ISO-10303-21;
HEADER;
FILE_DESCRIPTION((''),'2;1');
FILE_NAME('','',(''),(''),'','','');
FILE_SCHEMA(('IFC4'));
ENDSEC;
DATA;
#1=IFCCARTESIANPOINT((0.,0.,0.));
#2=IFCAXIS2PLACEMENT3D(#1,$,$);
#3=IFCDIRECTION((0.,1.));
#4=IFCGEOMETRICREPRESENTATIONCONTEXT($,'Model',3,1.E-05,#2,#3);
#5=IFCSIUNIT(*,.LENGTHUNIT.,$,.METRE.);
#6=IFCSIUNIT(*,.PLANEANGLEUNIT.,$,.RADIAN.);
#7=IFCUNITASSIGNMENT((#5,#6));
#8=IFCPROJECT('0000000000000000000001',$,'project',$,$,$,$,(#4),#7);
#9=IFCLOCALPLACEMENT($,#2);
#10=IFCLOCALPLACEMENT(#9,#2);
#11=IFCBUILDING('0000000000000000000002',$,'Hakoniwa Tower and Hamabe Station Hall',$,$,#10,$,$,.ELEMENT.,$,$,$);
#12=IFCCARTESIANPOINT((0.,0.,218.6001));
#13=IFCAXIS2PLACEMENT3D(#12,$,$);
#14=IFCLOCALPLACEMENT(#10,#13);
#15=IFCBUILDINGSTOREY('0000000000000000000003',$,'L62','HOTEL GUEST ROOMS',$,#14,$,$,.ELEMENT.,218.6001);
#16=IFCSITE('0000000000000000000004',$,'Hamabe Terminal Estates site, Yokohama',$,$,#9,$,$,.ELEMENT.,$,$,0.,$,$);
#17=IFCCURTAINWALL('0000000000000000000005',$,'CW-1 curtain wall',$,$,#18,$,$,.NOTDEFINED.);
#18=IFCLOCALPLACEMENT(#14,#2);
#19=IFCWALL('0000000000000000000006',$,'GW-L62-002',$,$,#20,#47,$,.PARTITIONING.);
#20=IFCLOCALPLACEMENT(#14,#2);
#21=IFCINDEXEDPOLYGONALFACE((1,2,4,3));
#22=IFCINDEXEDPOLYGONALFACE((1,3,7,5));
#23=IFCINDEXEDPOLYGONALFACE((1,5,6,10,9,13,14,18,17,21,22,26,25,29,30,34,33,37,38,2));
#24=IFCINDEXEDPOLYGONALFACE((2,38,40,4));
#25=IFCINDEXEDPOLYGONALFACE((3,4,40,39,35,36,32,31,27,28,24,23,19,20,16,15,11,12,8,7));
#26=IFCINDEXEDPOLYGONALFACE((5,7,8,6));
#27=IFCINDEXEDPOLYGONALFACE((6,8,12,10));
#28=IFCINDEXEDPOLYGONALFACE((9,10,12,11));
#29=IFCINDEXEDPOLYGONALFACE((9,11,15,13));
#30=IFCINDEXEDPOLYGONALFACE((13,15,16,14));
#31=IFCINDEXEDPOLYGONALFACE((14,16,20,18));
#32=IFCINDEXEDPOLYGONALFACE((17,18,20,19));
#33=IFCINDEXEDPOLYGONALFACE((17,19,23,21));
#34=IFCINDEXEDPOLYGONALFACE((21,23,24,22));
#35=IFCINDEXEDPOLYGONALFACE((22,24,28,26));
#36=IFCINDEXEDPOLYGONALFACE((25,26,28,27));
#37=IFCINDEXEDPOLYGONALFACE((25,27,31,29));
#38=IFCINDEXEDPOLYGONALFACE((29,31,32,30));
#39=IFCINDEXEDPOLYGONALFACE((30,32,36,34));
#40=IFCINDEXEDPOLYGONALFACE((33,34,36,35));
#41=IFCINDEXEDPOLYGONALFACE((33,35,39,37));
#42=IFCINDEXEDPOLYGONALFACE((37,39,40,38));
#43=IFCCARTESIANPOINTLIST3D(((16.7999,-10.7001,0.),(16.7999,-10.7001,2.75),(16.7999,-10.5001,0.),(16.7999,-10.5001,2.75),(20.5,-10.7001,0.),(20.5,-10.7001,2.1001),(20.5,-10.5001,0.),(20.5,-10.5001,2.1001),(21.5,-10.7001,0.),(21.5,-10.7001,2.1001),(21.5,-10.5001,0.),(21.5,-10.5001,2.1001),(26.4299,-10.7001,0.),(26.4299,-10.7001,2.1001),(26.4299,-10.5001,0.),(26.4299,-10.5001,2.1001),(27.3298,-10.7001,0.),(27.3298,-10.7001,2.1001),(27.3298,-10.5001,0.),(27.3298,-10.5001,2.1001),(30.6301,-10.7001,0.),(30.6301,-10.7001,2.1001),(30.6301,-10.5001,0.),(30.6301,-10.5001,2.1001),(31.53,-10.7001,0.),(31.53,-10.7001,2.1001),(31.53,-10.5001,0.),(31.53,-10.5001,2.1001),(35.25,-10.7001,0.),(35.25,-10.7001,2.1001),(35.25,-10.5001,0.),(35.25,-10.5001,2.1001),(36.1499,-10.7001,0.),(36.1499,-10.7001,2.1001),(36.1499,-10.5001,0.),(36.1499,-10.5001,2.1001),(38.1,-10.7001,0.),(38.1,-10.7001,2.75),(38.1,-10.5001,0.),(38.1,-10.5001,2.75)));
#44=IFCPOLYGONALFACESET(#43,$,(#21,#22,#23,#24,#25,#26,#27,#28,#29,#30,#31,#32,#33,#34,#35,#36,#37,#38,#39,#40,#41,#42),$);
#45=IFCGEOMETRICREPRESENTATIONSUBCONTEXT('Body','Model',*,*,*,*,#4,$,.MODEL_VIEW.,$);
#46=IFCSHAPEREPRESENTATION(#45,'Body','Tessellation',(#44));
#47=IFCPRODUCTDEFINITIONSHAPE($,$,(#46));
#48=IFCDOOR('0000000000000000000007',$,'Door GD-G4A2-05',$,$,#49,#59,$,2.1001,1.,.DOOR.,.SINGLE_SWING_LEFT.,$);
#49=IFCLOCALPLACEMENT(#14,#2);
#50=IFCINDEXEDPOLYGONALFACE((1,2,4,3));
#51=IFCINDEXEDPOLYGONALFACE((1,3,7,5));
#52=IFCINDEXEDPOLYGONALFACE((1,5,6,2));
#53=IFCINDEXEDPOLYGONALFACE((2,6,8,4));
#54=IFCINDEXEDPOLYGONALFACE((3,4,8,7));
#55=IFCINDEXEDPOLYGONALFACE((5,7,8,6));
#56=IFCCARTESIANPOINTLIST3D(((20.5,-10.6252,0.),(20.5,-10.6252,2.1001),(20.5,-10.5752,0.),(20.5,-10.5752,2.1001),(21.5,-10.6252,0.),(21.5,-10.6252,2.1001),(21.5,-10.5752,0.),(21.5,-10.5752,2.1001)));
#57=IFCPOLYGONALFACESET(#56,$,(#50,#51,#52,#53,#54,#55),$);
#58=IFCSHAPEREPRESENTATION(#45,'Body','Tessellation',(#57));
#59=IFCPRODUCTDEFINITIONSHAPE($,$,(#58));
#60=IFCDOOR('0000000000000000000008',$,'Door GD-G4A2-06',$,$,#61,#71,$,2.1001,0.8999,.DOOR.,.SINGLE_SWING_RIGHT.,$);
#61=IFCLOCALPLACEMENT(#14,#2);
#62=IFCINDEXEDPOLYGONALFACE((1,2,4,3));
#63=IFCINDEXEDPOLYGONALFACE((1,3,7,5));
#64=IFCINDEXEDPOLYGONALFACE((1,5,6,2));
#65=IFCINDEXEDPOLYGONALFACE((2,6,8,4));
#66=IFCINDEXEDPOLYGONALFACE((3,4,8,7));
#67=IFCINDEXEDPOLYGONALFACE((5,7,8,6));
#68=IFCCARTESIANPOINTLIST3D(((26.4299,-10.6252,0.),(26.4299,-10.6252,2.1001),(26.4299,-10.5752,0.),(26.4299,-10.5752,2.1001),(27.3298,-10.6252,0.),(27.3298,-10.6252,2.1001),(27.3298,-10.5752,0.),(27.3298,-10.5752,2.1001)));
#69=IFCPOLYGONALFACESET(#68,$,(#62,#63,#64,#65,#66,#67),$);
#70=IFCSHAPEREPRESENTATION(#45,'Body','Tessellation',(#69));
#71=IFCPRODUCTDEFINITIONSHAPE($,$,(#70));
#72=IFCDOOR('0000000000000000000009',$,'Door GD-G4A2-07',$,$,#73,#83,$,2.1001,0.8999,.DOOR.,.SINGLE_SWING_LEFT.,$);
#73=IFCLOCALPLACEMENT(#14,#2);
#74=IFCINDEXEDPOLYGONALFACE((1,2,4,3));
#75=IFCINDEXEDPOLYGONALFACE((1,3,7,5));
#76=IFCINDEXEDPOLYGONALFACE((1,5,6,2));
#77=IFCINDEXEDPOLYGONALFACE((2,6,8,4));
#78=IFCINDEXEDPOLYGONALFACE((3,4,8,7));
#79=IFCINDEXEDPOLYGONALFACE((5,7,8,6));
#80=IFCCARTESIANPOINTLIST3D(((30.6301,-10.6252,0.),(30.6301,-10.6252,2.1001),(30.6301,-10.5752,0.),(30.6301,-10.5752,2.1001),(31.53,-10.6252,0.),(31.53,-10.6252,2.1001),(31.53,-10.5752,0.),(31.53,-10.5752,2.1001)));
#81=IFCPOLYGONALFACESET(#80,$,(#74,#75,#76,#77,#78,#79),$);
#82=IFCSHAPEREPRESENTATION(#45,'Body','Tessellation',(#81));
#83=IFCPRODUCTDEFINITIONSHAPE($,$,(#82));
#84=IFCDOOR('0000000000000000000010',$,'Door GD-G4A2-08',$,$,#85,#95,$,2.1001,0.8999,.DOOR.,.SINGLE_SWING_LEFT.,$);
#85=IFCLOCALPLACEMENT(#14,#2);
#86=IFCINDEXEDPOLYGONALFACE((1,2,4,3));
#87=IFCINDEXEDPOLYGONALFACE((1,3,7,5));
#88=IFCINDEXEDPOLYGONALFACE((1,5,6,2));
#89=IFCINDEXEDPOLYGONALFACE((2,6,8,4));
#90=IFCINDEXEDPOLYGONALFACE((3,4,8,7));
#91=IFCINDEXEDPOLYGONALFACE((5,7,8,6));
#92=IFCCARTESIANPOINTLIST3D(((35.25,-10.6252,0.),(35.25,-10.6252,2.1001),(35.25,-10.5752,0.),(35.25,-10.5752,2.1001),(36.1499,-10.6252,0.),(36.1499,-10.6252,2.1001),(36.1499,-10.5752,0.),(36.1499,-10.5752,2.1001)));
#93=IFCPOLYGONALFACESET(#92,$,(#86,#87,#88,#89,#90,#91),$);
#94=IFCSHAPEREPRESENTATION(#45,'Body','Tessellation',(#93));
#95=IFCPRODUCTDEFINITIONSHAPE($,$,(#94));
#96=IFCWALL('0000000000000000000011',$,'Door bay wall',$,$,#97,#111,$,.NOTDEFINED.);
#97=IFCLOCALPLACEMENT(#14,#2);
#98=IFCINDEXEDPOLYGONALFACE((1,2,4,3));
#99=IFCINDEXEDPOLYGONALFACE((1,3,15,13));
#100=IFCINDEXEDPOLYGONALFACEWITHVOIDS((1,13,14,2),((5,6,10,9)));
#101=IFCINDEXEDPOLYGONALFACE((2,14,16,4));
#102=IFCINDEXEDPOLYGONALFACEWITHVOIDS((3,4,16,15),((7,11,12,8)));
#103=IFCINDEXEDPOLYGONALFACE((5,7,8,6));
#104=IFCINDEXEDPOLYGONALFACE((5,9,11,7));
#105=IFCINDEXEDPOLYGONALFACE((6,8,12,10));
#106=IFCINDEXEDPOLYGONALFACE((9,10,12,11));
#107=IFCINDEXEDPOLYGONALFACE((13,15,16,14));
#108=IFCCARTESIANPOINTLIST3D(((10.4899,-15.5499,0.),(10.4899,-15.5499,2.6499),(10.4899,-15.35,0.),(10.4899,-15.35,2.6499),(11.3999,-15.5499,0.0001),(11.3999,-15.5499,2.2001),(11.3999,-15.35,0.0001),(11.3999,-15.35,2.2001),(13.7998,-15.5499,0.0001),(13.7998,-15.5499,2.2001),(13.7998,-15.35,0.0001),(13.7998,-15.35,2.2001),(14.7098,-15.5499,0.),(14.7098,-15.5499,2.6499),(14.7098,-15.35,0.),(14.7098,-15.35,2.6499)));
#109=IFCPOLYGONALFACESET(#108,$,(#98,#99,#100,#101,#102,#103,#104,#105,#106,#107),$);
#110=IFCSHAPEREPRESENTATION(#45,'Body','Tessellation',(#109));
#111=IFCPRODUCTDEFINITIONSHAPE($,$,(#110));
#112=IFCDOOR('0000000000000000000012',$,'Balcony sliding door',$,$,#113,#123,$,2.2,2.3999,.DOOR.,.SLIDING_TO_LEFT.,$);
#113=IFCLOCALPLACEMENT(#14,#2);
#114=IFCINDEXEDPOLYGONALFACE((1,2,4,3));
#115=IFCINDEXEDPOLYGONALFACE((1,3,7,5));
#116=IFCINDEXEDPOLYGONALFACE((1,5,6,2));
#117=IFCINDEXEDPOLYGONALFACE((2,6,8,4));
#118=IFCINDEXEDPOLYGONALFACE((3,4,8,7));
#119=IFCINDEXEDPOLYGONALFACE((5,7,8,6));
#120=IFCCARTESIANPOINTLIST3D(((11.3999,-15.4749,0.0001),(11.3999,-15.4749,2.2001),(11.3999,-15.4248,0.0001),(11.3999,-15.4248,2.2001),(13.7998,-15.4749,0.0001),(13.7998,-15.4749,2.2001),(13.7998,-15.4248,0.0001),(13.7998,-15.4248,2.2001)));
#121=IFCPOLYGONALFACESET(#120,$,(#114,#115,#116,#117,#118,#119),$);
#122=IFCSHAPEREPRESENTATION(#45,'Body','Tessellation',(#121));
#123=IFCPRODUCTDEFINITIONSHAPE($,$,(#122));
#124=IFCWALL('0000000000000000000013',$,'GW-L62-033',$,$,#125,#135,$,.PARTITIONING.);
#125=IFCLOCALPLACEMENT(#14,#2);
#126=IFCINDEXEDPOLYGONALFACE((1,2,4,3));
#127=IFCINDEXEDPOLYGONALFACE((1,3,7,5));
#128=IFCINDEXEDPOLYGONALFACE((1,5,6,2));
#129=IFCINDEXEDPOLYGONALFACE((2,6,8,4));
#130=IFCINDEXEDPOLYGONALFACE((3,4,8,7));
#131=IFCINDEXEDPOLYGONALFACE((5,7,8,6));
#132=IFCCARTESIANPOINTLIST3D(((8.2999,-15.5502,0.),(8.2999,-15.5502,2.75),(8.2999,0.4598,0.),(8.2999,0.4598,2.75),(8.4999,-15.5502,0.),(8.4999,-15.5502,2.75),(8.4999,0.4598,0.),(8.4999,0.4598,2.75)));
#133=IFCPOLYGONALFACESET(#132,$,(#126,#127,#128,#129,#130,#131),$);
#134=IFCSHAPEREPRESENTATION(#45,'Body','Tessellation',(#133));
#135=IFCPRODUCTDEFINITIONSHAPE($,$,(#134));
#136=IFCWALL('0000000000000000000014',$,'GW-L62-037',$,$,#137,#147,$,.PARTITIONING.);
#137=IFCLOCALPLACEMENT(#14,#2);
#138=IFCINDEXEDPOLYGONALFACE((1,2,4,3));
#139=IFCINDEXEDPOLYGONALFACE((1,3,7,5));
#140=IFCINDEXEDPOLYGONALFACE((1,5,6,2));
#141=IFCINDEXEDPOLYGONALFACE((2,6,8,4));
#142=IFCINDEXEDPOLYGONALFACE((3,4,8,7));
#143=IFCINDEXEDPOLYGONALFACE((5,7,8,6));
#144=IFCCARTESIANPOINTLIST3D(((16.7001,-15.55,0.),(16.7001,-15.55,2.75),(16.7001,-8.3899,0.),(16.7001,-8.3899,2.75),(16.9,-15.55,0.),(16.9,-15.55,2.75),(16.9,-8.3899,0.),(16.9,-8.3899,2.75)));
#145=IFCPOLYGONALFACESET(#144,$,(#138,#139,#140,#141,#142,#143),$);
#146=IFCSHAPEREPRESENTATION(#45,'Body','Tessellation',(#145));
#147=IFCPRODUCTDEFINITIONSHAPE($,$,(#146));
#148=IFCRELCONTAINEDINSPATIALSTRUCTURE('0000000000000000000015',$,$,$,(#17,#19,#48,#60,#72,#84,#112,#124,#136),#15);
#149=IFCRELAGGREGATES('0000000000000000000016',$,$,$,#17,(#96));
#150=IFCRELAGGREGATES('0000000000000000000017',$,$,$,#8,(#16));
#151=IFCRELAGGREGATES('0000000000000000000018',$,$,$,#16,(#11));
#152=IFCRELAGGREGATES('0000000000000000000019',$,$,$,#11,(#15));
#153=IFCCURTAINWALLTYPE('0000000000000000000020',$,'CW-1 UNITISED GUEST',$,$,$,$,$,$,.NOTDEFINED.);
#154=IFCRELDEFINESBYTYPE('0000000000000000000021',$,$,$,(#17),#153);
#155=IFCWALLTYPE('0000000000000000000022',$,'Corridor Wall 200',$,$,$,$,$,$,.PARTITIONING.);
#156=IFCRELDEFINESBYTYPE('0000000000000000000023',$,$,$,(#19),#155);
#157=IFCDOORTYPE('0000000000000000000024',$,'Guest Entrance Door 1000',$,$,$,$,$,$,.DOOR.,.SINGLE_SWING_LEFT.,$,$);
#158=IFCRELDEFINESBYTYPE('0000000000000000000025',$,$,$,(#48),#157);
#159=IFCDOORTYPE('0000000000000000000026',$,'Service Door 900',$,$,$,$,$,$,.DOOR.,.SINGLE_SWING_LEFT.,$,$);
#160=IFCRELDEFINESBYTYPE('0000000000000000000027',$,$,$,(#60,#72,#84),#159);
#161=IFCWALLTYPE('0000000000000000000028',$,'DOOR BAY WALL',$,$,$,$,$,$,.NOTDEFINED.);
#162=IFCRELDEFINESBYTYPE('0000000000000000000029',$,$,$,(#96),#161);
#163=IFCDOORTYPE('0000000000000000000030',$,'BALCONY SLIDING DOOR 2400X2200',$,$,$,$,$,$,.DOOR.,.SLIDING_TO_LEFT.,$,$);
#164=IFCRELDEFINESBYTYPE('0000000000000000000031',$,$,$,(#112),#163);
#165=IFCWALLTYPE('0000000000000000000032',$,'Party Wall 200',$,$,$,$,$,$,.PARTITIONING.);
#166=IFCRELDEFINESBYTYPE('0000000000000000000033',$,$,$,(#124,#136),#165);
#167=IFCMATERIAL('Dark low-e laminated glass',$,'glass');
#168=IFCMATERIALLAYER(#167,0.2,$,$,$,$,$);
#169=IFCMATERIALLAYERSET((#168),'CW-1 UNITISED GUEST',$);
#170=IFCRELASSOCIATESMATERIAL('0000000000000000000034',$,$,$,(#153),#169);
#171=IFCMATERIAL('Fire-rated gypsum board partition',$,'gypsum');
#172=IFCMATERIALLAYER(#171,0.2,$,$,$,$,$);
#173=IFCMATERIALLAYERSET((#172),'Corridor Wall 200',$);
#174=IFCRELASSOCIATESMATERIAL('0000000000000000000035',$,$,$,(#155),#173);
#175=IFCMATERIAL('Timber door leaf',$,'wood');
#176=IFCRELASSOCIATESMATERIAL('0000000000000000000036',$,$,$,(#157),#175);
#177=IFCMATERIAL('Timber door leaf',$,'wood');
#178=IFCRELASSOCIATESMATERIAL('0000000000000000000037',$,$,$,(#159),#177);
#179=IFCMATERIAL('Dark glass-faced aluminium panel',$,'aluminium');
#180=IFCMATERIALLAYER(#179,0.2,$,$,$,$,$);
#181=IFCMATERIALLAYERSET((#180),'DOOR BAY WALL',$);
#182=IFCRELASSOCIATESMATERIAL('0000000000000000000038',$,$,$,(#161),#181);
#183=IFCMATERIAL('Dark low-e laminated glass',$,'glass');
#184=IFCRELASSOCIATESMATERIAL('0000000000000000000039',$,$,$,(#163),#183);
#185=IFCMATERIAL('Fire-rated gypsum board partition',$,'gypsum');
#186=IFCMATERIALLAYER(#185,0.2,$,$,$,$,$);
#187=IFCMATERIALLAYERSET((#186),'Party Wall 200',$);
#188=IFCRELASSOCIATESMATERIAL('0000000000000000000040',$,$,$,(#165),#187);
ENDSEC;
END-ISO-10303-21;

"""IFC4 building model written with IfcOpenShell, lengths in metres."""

from ifc_helpers import new_model, si_unit, direction, frame, frame_2d, origin, place, context, subcontext, project, spatial, rectangle, extrude, material, layer, layer_set, type_object, element, fill, aggregate, save


model = new_model("IFC4")

# Units and contexts
model_context = context("Model", 3, precision=1e-05, world=origin(), true_north=direction((0.0, 1.0)))
body_context = subcontext(model_context, "Body", "Model", "MODEL_VIEW")
ifc_project = project(units=[si_unit("LENGTHUNIT", "METRE"), si_unit("PLANEANGLEUNIT", "RADIAN")], contexts=[model_context])

# Site, building, storey
site_placement = place(None, origin())
site = spatial("IfcSite", under=ifc_project, at=site_placement, Name="Hamabe Terminal Estates site, Yokohama", CompositionType="ELEMENT", RefElevation=0.0)
building_placement = place(site_placement, origin())
building = spatial("IfcBuilding", under=site, at=building_placement, Name="Hakoniwa Tower and Hamabe Station Hall", CompositionType="ELEMENT")
storey_placement = place(building_placement, frame((0.0, 0.0, 218.6001)))
storey = spatial("IfcBuildingStorey", under=building, at=storey_placement, Name="L62", Description="HOTEL GUEST ROOMS", CompositionType="ELEMENT", Elevation=218.6001)

# Curtain wall
ifc_material_1 = material(Name="Dark low-e laminated glass", Category="glass")
ifc_layer_1 = layer(ifc_material_1, 0.2)
ifc_layer_set_1 = layer_set([ifc_layer_1], Name="CW-1 UNITISED GUEST")
curtain_wall_type = type_object("IfcCurtainWallType", Name="CW-1 UNITISED GUEST", PredefinedType="NOTDEFINED", material=ifc_layer_set_1)
curtain_wall_placement = place(storey_placement, origin())
curtain_wall = element("IfcCurtainWall", 1, at=curtain_wall_placement, inside=storey, type_object=curtain_wall_type, Name="CW-1 curtain wall", PredefinedType="NOTDEFINED")

# Wall, openings, doors
ifc_material_2 = material(Name="Fire-rated gypsum board partition", Category="gypsum")
ifc_layer_2 = layer(ifc_material_2, 0.2)
ifc_layer_set_2 = layer_set([ifc_layer_2], Name="Corridor Wall 200")
wall_type_1 = type_object("IfcWallType", Name="Corridor Wall 200", PredefinedType="PARTITIONING", material=ifc_layer_set_2)
wall_1_placement = place(storey_placement, frame((16.8, -10.6001, 0.0), z_axis=(0.0, 0.0, 1.0), x_axis=(1.0, 0.0, 0.0)))
wall_1 = element("IfcWall", 2, at=wall_1_placement, inside=storey, type_object=wall_type_1, Name="GW-L62-002", PredefinedType="PARTITIONING", context=body_context, shape_type="SweptSolid", body=[
    extrude(rectangle(XDim=21.3, YDim=0.2, at=frame_2d((10.6499, 0.0))), origin(), (0.0, 0.0, 1.0), 2.75),
])
opening_1_placement = place(wall_1_placement, frame((3.7, 0.0, 0.0)))
opening_1 = element("IfcOpeningElement", 3, at=opening_1_placement, cuts=wall_1, PredefinedType="OPENING", context=body_context, shape_type="SweptSolid", body=[
    extrude(rectangle(XDim=1.0, YDim=2.1001, at=frame_2d((0.5, 1.05))), frame((0.0, 0.1099, 0.0), z_axis=(0.0, -1.0, 0.0), x_axis=(1.0, 0.0, 0.0)), (0.0, 0.0, 1.0), 0.22),
])
opening_2_placement = place(wall_1_placement, frame((9.6299, 0.0, 0.0)))
opening_2 = element("IfcOpeningElement", 4, at=opening_2_placement, cuts=wall_1, PredefinedType="OPENING", context=body_context, shape_type="SweptSolid", body=[
    extrude(rectangle(XDim=0.8999, YDim=2.1001, at=frame_2d((0.45, 1.05))), frame((0.0, 0.1099, 0.0), z_axis=(0.0, -1.0, 0.0), x_axis=(1.0, 0.0, 0.0)), (0.0, 0.0, 1.0), 0.22),
])
opening_3_placement = place(wall_1_placement, frame((13.8301, 0.0, 0.0)))
opening_3 = element("IfcOpeningElement", 5, at=opening_3_placement, cuts=wall_1, PredefinedType="OPENING", context=body_context, shape_type="SweptSolid", body=[
    extrude(rectangle(XDim=0.8999, YDim=2.1001, at=frame_2d((0.45, 1.05))), frame((0.0, 0.1099, 0.0), z_axis=(0.0, -1.0, 0.0), x_axis=(1.0, 0.0, 0.0)), (0.0, 0.0, 1.0), 0.22),
])
opening_4_placement = place(wall_1_placement, frame((18.45, 0.0, 0.0)))
opening_4 = element("IfcOpeningElement", 6, at=opening_4_placement, cuts=wall_1, PredefinedType="OPENING", context=body_context, shape_type="SweptSolid", body=[
    extrude(rectangle(XDim=0.8999, YDim=2.1001, at=frame_2d((0.45, 1.05))), frame((0.0, 0.1099, 0.0), z_axis=(0.0, -1.0, 0.0), x_axis=(1.0, 0.0, 0.0)), (0.0, 0.0, 1.0), 0.22),
])
ifc_material_3 = material(Name="Timber door leaf", Category="wood")
door_type_1 = type_object("IfcDoorType", Name="Guest Entrance Door 1000", OperationType="SINGLE_SWING_LEFT", PredefinedType="DOOR", material=ifc_material_3)
door_1_placement = place(opening_1_placement, origin())
door_1 = element("IfcDoor", 7, at=door_1_placement, inside=storey, type_object=door_type_1, Name="Door GD-G4A2-05", OperationType="SINGLE_SWING_LEFT", OverallHeight=2.1001, OverallWidth=1.0, PredefinedType="DOOR", context=body_context, shape_type="SweptSolid", body=[
    extrude(rectangle(XDim=1.0, YDim=2.1001, at=frame_2d((0.5, 1.05))), frame((0.0, 0.0249, 0.0), z_axis=(0.0, -1.0, 0.0), x_axis=(1.0, 0.0, 0.0)), (0.0, 0.0, 1.0), 0.05),
])
fill(opening_1, door_1)
ifc_material_4 = material(Name="Timber door leaf", Category="wood")
door_type_2 = type_object("IfcDoorType", Name="Service Door 900", OperationType="SINGLE_SWING_LEFT", PredefinedType="DOOR", material=ifc_material_4)
door_2_placement = place(opening_2_placement, origin())
door_2 = element("IfcDoor", 8, at=door_2_placement, inside=storey, type_object=door_type_2, Name="Door GD-G4A2-06", OperationType="SINGLE_SWING_RIGHT", OverallHeight=2.1001, OverallWidth=0.8999, PredefinedType="DOOR", context=body_context, shape_type="SweptSolid", body=[
    extrude(rectangle(XDim=0.8999, YDim=2.1001, at=frame_2d((0.45, 1.05))), frame((0.0, 0.0249, 0.0), z_axis=(0.0, -1.0, 0.0), x_axis=(1.0, 0.0, 0.0)), (0.0, 0.0, 1.0), 0.05),
])
fill(opening_2, door_2)
door_3_placement = place(opening_3_placement, origin())
door_3 = element("IfcDoor", 9, at=door_3_placement, inside=storey, type_object=door_type_2, Name="Door GD-G4A2-07", OperationType="SINGLE_SWING_LEFT", OverallHeight=2.1001, OverallWidth=0.8999, PredefinedType="DOOR", context=body_context, shape_type="SweptSolid", body=[
    extrude(rectangle(XDim=0.8999, YDim=2.1001, at=frame_2d((0.45, 1.05))), frame((0.0, 0.0249, 0.0), z_axis=(0.0, -1.0, 0.0), x_axis=(1.0, 0.0, 0.0)), (0.0, 0.0, 1.0), 0.05),
])
fill(opening_3, door_3)
door_4_placement = place(opening_4_placement, origin())
door_4 = element("IfcDoor", 10, at=door_4_placement, inside=storey, type_object=door_type_2, Name="Door GD-G4A2-08", OperationType="SINGLE_SWING_LEFT", OverallHeight=2.1001, OverallWidth=0.8999, PredefinedType="DOOR", context=body_context, shape_type="SweptSolid", body=[
    extrude(rectangle(XDim=0.8999, YDim=2.1001, at=frame_2d((0.45, 1.05))), frame((0.0, 0.0249, 0.0), z_axis=(0.0, -1.0, 0.0), x_axis=(1.0, 0.0, 0.0)), (0.0, 0.0, 1.0), 0.05),
])
fill(opening_4, door_4)

# Wall, opening, door
ifc_material_5 = material(Name="Dark glass-faced aluminium panel", Category="aluminium")
ifc_layer_3 = layer(ifc_material_5, 0.2)
ifc_layer_set_3 = layer_set([ifc_layer_3], Name="DOOR BAY WALL")
wall_type_2 = type_object("IfcWallType", Name="DOOR BAY WALL", PredefinedType="NOTDEFINED", material=ifc_layer_set_3)
wall_2_placement = place(storey_placement, frame((10.49, -15.45, 0.0), z_axis=(0.0, 0.0, 1.0), x_axis=(1.0, 0.0, 0.0)))
wall_2 = element("IfcWall", 11, at=wall_2_placement, type_object=wall_type_2, Name="Door bay wall", PredefinedType="NOTDEFINED", context=body_context, shape_type="SweptSolid", body=[
    extrude(rectangle(XDim=4.22, YDim=0.2, at=frame_2d((2.1099, 0.0))), origin(), (0.0, 0.0, 1.0), 2.6499),
])
opening_5_placement = place(wall_2_placement, frame((0.9099, 0.0, 0.0)))
opening_5 = element("IfcOpeningElement", 12, at=opening_5_placement, cuts=wall_2, PredefinedType="OPENING", context=body_context, shape_type="SweptSolid", body=[
    extrude(rectangle(XDim=2.3999, YDim=2.2, at=frame_2d((1.2, 1.1001))), frame((0.0, 0.1099, 0.0), z_axis=(0.0, -1.0, 0.0), x_axis=(1.0, 0.0, 0.0)), (0.0, 0.0, 1.0), 0.22),
])
ifc_material_6 = material(Name="Dark low-e laminated glass", Category="glass")
door_type_3 = type_object("IfcDoorType", Name="BALCONY SLIDING DOOR 2400X2200", OperationType="SLIDING_TO_LEFT", PredefinedType="DOOR", material=ifc_material_6)
door_5_placement = place(opening_5_placement, frame((2.3999, 0.0, 0.0), z_axis=(0.0, 0.0, 1.0), x_axis=(-1.0, 0.0, 0.0)))
door_5 = element("IfcDoor", 13, at=door_5_placement, inside=storey, type_object=door_type_3, Name="Balcony sliding door", OperationType="SLIDING_TO_LEFT", OverallHeight=2.2, OverallWidth=2.3999, PredefinedType="DOOR", context=body_context, shape_type="SweptSolid", body=[
    extrude(rectangle(XDim=2.3999, YDim=2.2, at=frame_2d((1.2, 1.1001))), frame((0.0, 0.0249, 0.0), z_axis=(0.0, -1.0, 0.0), x_axis=(1.0, 0.0, 0.0)), (0.0, 0.0, 1.0), 0.05),
])
fill(opening_5, door_5)
aggregate(curtain_wall, [wall_2])

# Walls
ifc_material_7 = material(Name="Fire-rated gypsum board partition", Category="gypsum")
ifc_layer_4 = layer(ifc_material_7, 0.2)
ifc_layer_set_4 = layer_set([ifc_layer_4], Name="Party Wall 200")
wall_type_3 = type_object("IfcWallType", Name="Party Wall 200", PredefinedType="PARTITIONING", material=ifc_layer_set_4)
wall_3_placement = place(storey_placement, frame((8.3999, -15.55, 0.0), z_axis=(0.0, 0.0, 1.0), x_axis=(0.0, 1.0, 0.0)))
element("IfcWall", 14, at=wall_3_placement, inside=storey, type_object=wall_type_3, Name="GW-L62-033", PredefinedType="PARTITIONING", context=body_context, shape_type="SweptSolid", body=[
    extrude(rectangle(XDim=16.01, YDim=0.2, at=frame_2d((8.0049, 0.0))), origin(), (0.0, 0.0, 1.0), 2.75),
])
wall_4_placement = place(storey_placement, frame((16.8, -15.55, 0.0), z_axis=(0.0, 0.0, 1.0), x_axis=(0.0, 1.0, 0.0)))
element("IfcWall", 15, at=wall_4_placement, inside=storey, type_object=wall_type_3, Name="GW-L62-037", PredefinedType="PARTITIONING", context=body_context, shape_type="SweptSolid", body=[
    extrude(rectangle(XDim=7.1602, YDim=0.2, at=frame_2d((3.5801, 0.0))), origin(), (0.0, 0.0, 1.0), 2.75),
])

save(model, "model.ifc")
